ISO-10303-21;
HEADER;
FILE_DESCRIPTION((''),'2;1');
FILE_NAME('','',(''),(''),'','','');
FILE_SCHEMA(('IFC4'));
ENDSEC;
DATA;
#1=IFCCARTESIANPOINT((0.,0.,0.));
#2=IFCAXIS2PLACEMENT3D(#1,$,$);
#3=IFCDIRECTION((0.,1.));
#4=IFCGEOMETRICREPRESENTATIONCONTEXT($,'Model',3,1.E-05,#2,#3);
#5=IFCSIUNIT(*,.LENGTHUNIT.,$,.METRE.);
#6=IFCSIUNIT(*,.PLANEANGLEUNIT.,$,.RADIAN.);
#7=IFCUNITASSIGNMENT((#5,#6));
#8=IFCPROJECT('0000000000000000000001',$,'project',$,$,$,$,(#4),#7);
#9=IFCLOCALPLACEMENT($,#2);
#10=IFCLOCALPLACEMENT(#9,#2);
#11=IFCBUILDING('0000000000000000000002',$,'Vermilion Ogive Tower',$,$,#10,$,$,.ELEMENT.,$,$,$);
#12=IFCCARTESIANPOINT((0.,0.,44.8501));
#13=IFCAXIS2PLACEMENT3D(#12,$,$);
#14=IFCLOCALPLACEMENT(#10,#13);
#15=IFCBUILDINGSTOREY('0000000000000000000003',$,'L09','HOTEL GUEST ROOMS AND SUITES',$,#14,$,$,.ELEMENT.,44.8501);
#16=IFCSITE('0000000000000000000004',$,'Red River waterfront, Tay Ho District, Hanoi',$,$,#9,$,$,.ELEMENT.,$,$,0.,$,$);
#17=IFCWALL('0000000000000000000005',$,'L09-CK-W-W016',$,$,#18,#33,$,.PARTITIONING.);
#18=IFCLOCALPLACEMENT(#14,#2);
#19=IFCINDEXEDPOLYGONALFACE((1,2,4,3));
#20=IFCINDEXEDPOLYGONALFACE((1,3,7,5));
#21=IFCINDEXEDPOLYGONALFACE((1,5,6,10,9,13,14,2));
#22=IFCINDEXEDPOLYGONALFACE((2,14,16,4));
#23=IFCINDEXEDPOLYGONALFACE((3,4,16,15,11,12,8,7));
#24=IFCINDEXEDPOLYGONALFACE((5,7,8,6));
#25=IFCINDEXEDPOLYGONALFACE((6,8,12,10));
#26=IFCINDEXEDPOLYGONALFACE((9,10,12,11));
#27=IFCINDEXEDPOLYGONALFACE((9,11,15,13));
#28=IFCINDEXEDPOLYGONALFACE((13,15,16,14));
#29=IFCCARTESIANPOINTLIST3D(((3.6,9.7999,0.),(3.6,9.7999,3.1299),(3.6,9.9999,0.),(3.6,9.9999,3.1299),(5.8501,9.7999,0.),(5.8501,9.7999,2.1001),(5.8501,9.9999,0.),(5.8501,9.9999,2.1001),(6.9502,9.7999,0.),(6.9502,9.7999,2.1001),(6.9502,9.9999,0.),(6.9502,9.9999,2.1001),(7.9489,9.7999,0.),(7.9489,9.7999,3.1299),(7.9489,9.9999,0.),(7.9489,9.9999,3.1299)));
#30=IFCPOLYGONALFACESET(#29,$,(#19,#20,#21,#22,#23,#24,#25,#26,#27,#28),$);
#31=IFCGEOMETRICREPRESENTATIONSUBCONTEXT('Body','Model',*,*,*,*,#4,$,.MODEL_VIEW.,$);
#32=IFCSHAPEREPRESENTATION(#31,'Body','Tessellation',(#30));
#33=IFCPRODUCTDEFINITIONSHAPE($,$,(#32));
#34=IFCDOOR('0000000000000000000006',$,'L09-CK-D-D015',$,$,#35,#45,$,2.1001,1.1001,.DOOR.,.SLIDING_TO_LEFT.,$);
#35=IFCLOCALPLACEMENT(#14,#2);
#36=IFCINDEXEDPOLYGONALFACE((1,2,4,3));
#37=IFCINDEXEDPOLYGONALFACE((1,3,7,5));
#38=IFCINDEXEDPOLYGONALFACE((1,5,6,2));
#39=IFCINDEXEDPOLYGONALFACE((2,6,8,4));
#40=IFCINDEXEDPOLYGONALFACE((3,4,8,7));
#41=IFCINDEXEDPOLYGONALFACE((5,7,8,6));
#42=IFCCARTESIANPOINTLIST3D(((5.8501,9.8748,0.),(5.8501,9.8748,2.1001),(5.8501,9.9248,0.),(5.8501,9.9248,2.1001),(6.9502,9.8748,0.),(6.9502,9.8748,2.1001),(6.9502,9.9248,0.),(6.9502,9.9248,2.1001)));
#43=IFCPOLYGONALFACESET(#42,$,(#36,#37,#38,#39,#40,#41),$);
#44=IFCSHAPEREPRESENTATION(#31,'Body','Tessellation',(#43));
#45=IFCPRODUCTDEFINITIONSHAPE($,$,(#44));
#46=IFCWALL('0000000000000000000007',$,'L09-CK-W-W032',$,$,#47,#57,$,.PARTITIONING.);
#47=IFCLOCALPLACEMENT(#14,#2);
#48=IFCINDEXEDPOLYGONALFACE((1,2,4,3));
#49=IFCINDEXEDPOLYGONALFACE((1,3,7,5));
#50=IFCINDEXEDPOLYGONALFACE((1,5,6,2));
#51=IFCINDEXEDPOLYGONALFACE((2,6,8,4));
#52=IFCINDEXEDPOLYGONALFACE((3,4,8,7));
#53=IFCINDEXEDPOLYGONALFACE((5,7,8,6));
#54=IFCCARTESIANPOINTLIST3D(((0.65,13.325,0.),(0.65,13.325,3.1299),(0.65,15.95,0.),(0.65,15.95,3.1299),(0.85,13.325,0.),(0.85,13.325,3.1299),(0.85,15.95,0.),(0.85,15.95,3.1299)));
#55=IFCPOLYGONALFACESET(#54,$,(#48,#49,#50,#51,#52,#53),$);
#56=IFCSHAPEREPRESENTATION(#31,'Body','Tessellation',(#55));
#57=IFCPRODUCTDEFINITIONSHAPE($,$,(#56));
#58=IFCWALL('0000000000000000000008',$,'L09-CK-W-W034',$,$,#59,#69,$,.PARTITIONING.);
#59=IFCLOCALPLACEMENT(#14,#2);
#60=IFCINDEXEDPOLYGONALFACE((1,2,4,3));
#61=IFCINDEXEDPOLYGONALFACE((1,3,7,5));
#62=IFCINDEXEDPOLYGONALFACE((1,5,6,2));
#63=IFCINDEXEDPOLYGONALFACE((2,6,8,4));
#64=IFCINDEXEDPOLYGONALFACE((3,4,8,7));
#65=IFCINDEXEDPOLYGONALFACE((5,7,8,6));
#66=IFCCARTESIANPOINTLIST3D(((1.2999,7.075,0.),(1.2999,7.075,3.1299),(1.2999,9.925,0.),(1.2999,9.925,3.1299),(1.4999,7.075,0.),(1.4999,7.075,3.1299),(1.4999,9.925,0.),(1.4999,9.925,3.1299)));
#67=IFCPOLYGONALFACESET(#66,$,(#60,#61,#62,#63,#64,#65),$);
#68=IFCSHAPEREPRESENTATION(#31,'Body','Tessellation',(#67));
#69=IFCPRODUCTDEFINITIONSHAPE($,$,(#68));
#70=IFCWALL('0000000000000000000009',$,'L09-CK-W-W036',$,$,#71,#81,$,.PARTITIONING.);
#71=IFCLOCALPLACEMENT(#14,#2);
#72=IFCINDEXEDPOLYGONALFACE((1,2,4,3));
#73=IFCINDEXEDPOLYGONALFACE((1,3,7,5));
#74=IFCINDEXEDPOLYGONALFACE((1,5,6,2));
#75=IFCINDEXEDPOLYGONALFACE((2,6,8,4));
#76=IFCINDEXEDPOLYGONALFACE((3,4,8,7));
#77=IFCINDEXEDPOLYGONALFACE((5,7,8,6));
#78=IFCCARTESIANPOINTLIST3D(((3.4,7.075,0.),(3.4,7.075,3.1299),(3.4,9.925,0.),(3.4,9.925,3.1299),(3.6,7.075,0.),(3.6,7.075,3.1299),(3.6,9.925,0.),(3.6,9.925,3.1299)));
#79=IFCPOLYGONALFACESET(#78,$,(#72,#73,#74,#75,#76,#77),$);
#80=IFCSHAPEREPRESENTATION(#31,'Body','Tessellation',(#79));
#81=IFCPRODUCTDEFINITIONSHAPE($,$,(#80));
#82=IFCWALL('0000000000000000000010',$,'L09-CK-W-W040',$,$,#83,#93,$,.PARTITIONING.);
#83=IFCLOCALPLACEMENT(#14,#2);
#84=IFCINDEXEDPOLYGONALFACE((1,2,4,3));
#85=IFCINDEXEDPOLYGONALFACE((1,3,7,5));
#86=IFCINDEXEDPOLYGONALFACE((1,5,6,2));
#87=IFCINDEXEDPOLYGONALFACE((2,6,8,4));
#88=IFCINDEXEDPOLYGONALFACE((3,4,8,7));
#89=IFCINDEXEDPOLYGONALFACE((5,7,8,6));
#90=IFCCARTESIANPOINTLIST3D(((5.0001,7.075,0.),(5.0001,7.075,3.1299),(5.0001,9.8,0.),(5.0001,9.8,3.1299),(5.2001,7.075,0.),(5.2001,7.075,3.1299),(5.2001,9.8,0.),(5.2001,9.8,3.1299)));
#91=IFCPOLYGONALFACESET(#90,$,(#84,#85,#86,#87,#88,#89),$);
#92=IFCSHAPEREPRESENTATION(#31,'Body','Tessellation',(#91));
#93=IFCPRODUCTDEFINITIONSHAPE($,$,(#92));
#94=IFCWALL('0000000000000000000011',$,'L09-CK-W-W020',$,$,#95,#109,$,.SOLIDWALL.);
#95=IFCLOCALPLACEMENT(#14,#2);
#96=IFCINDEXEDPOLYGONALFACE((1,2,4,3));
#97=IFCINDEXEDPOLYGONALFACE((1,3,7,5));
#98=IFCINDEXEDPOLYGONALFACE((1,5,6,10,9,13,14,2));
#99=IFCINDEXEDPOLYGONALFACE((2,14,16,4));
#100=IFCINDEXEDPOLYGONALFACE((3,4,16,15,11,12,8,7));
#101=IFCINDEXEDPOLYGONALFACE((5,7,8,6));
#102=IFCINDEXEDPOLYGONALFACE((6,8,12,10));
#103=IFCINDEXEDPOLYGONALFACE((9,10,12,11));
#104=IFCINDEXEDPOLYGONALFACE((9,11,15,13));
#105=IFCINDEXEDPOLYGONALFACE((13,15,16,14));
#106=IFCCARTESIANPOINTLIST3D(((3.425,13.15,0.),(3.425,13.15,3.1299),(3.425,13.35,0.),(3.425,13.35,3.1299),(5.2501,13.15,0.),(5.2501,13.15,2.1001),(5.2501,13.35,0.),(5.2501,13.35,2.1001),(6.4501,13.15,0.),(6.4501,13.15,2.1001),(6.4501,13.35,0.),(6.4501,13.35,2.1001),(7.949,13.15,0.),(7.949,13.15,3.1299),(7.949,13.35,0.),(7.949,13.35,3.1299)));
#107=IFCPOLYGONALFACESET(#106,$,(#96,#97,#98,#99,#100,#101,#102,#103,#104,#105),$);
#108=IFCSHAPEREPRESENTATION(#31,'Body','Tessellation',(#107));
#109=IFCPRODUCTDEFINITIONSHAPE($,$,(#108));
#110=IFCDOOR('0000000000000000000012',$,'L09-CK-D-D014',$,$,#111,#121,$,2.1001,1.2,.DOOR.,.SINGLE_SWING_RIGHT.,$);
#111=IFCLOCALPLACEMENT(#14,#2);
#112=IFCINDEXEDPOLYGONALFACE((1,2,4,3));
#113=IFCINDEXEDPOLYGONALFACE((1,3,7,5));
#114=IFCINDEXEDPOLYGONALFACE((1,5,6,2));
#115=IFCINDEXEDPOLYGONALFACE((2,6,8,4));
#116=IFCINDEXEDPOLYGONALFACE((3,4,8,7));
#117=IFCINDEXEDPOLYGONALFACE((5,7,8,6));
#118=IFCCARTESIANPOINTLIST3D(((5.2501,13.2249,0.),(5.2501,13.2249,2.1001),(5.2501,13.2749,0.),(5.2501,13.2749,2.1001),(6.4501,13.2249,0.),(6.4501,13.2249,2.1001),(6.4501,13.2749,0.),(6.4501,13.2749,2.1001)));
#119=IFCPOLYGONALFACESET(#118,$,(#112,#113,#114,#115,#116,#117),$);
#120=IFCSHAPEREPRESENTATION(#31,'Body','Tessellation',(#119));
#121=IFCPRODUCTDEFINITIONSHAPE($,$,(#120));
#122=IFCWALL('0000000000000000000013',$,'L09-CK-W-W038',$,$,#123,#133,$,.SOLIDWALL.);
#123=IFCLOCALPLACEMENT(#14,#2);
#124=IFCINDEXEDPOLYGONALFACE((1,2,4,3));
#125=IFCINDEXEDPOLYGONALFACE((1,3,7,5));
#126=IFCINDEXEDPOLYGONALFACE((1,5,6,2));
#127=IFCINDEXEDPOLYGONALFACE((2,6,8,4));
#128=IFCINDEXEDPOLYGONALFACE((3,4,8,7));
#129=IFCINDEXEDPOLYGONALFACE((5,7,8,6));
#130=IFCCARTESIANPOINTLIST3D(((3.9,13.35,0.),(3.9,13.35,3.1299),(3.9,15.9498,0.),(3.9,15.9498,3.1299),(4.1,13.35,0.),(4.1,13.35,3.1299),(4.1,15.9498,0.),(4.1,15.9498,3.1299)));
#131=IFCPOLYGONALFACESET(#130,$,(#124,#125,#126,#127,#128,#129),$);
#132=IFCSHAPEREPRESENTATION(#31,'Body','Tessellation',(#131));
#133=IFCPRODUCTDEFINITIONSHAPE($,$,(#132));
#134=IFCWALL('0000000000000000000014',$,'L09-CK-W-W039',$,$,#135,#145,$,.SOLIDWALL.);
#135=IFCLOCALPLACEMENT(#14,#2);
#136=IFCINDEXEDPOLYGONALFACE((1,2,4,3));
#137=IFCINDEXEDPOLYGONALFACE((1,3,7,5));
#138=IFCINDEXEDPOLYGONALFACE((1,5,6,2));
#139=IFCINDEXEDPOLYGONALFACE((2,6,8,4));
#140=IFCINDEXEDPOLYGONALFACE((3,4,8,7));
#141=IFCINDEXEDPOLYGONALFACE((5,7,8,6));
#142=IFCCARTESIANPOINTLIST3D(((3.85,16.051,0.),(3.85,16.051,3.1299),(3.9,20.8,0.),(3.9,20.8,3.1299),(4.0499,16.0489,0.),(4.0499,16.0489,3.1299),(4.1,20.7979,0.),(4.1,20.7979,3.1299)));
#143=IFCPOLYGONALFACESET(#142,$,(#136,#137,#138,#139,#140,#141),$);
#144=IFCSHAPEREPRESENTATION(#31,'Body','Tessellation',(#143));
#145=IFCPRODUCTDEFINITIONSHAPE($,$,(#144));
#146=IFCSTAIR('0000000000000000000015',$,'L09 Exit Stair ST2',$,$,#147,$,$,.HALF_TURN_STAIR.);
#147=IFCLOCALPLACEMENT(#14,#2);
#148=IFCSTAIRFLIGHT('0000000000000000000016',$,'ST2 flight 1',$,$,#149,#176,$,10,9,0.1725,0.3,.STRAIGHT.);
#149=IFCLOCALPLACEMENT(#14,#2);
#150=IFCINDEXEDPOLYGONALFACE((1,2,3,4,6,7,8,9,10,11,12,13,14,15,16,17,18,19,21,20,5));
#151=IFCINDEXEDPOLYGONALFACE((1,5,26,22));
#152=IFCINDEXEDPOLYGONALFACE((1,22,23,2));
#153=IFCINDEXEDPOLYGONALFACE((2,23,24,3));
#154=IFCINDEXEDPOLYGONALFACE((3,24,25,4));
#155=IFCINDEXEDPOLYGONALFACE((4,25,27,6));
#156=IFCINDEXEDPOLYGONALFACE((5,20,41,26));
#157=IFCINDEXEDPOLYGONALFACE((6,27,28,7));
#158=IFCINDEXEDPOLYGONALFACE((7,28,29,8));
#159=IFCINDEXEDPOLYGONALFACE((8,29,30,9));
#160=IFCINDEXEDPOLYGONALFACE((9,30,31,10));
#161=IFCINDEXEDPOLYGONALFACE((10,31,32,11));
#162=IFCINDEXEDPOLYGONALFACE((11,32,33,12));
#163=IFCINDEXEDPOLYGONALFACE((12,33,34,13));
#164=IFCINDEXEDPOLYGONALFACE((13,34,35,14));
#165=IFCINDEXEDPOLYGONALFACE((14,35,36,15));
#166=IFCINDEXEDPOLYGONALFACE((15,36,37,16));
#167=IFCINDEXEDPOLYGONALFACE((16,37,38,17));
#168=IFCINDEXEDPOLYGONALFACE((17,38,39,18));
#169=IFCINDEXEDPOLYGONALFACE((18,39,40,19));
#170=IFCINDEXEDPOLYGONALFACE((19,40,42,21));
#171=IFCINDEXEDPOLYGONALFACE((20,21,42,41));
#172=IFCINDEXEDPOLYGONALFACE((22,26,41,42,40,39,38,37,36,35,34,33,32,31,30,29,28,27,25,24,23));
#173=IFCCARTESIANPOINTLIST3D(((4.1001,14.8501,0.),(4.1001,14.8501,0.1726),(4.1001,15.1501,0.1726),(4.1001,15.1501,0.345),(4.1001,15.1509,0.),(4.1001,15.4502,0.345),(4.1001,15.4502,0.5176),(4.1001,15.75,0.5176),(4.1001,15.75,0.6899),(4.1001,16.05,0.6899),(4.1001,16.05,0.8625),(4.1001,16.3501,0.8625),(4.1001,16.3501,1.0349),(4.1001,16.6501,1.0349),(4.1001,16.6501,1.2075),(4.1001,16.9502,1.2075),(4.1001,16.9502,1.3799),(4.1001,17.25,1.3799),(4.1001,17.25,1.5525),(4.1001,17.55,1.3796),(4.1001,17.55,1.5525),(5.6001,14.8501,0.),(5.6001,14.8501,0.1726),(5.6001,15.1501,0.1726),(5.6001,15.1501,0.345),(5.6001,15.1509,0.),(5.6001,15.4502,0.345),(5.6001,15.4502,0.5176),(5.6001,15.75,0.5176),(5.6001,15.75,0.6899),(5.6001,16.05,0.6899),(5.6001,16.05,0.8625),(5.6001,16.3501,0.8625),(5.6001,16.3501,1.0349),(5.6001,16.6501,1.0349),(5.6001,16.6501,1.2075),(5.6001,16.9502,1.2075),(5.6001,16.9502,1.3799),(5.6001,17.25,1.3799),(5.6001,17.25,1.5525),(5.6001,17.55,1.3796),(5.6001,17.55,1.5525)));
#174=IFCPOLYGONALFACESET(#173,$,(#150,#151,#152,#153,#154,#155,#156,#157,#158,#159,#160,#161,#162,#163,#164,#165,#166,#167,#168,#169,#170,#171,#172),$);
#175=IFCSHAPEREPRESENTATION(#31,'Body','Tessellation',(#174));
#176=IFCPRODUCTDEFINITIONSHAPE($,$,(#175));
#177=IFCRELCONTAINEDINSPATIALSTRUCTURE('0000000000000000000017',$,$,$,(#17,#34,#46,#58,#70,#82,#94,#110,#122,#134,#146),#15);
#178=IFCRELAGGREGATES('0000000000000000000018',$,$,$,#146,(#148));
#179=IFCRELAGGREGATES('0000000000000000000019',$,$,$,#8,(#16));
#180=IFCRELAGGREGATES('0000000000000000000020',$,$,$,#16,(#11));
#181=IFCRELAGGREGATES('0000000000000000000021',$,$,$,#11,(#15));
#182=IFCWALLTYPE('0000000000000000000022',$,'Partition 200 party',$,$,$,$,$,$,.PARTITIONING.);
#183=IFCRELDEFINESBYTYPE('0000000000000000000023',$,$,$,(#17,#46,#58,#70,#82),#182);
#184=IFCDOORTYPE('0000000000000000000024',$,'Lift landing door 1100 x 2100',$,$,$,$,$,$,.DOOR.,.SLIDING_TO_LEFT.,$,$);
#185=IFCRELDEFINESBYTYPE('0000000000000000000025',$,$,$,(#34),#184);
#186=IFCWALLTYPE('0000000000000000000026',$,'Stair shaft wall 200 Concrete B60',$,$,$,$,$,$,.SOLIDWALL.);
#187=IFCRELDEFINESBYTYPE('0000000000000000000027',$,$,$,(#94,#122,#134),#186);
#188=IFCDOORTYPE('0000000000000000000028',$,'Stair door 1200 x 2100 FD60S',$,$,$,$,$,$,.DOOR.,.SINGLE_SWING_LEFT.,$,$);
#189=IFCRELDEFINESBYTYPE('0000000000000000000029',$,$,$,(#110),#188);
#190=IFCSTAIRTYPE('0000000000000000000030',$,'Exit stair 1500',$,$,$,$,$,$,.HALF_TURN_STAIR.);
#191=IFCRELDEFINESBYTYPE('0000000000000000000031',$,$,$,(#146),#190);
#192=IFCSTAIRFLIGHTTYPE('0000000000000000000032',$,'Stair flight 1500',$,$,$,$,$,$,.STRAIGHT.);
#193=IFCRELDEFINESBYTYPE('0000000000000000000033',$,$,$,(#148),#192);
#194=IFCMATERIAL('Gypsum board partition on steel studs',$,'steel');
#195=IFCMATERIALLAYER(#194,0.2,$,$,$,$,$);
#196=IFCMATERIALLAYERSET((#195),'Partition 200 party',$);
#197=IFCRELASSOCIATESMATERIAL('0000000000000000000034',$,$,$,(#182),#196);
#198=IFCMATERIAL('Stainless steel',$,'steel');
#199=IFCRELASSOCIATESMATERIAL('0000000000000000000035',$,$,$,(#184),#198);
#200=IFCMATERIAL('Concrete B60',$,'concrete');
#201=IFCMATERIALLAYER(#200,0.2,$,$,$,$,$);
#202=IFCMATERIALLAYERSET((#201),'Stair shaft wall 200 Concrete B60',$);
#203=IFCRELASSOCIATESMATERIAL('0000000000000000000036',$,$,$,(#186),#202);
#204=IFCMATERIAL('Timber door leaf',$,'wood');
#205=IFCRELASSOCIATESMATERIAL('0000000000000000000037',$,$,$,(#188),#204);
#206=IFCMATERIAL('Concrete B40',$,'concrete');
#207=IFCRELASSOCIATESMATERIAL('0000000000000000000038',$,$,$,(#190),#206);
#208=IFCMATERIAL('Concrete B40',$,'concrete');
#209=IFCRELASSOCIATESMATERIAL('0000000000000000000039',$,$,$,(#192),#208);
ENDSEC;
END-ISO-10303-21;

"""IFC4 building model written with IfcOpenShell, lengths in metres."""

from ifc_helpers import new_model, si_unit, direction, frame, frame_2d, origin, place, context, subcontext, project, spatial, polyline, rectangle, outline, extrude, material, layer, layer_set, type_object, element, fill, aggregate, save


model = new_model("IFC4")

# Units and contexts
model_context = context("Model", 3, precision=1e-05, world=origin(), true_north=direction((0.0, 1.0)))
body_context = subcontext(model_context, "Body", "Model", "MODEL_VIEW")
ifc_project = project(units=[si_unit("LENGTHUNIT", "METRE"), si_unit("PLANEANGLEUNIT", "RADIAN")], contexts=[model_context])

# Site, building, storey
site_placement = place(None, origin())
site = spatial("IfcSite", under=ifc_project, at=site_placement, Name="Red River waterfront, Tay Ho District, Hanoi", CompositionType="ELEMENT", RefElevation=0.0)
building_placement = place(site_placement, origin())
building = spatial("IfcBuilding", under=site, at=building_placement, Name="Vermilion Ogive Tower", CompositionType="ELEMENT")
storey_placement = place(building_placement, frame((0.0, 0.0, 44.8501)))
storey = spatial("IfcBuildingStorey", under=building, at=storey_placement, Name="L09", Description="HOTEL GUEST ROOMS AND SUITES", CompositionType="ELEMENT", Elevation=44.8501)

# Shared definitions
ifc_material_1 = material(Name="Gypsum board partition on steel studs", Category="steel")
ifc_layer_1 = layer(ifc_material_1, 0.2)
ifc_layer_set_1 = layer_set([ifc_layer_1], Name="Partition 200 party")
wall_type_1 = type_object("IfcWallType", Name="Partition 200 party", PredefinedType="PARTITIONING", material=ifc_layer_set_1)

# Wall, opening, door
wall_1_placement = place(storey_placement, frame((3.6001, 9.8999, 0.0), z_axis=(0.0, 0.0, 1.0), x_axis=(1.0, 0.0, 0.0)))
wall_1 = element("IfcWall", 1, at=wall_1_placement, inside=storey, type_object=wall_type_1, Name="L09-CK-W-W016", PredefinedType="PARTITIONING", context=body_context, shape_type="SweptSolid", body=[
    extrude(rectangle(XDim=4.3489, YDim=0.2, at=frame_2d((2.1743, 0.0))), origin(), (0.0, 0.0, 1.0), 3.1299),
])
opening_1_placement = place(wall_1_placement, frame((2.25, 0.0, 0.0)))
opening_1 = element("IfcOpeningElement", 2, at=opening_1_placement, cuts=wall_1, PredefinedType="OPENING", context=body_context, shape_type="SweptSolid", body=[
    extrude(rectangle(XDim=1.1001, YDim=2.1001, at=frame_2d((0.55, 1.05))), frame((0.0, 0.1099, 0.0), z_axis=(0.0, -1.0, 0.0), x_axis=(1.0, 0.0, 0.0)), (0.0, 0.0, 1.0), 0.22),
])
ifc_material_2 = material(Name="Stainless steel", Category="steel")
door_type_1 = type_object("IfcDoorType", Name="Lift landing door 1100 x 2100", OperationType="SLIDING_TO_LEFT", PredefinedType="DOOR", material=ifc_material_2)
door_1_placement = place(opening_1_placement, origin())
door_1 = element("IfcDoor", 3, at=door_1_placement, inside=storey, type_object=door_type_1, Name="L09-CK-D-D015", OperationType="SLIDING_TO_LEFT", OverallHeight=2.1001, OverallWidth=1.1001, PredefinedType="DOOR", context=body_context, shape_type="SweptSolid", body=[
    extrude(rectangle(XDim=1.1001, YDim=2.1001, at=frame_2d((0.55, 1.05))), frame((0.0, 0.0249, 0.0), z_axis=(0.0, -1.0, 0.0), x_axis=(1.0, 0.0, 0.0)), (0.0, 0.0, 1.0), 0.05),
])
fill(opening_1, door_1)

# Walls
wall_2_placement = place(storey_placement, frame((0.75, 13.325, 0.0), z_axis=(0.0, 0.0, 1.0), x_axis=(0.0, 1.0, 0.0)))
element("IfcWall", 4, at=wall_2_placement, inside=storey, type_object=wall_type_1, Name="L09-CK-W-W032", PredefinedType="PARTITIONING", context=body_context, shape_type="SweptSolid", body=[
    extrude(rectangle(XDim=2.625, YDim=0.2, at=frame_2d((1.3125, 0.0))), origin(), (0.0, 0.0, 1.0), 3.1299),
])
for number, where, z_axis, x_axis, name in (
    (5, (1.3999, 7.075, 0.0), (0.0, 0.0, 1.0), (0.0, 1.0, 0.0), "L09-CK-W-W034"),
    (6, (3.5, 7.075, 0.0), (0.0, 0.0, 1.0), (0.0, 1.0, 0.0), "L09-CK-W-W036"),
):
    element("IfcWall", number, at=place(storey_placement, frame(where, z_axis=z_axis, x_axis=x_axis)), inside=storey, type_object=wall_type_1, Name=name, PredefinedType="PARTITIONING", context=body_context, shape_type="SweptSolid", body=[
        extrude(rectangle(XDim=2.8501, YDim=0.2, at=frame_2d((1.425, 0.0))), origin(), (0.0, 0.0, 1.0), 3.1299),
    ])
wall_3_placement = place(storey_placement, frame((5.1001, 7.075, 0.0), z_axis=(0.0, 0.0, 1.0), x_axis=(0.0, 1.0, 0.0)))
element("IfcWall", 7, at=wall_3_placement, inside=storey, type_object=wall_type_1, Name="L09-CK-W-W040", PredefinedType="PARTITIONING", context=body_context, shape_type="SweptSolid", body=[
    extrude(rectangle(XDim=2.7251, YDim=0.2, at=frame_2d((1.3625, 0.0))), origin(), (0.0, 0.0, 1.0), 3.1299),
])

# Wall, opening, door
ifc_material_3 = material(Name="Concrete B60", Category="concrete")
ifc_layer_2 = layer(ifc_material_3, 0.2)
ifc_layer_set_2 = layer_set([ifc_layer_2], Name="Stair shaft wall 200 Concrete B60")
wall_type_2 = type_object("IfcWallType", Name="Stair shaft wall 200 Concrete B60", PredefinedType="SOLIDWALL", material=ifc_layer_set_2)
wall_4_placement = place(storey_placement, frame((3.425, 13.25, 0.0), z_axis=(0.0, 0.0, 1.0), x_axis=(1.0, 0.0, 0.0)))
wall_4 = element("IfcWall", 8, at=wall_4_placement, inside=storey, type_object=wall_type_2, Name="L09-CK-W-W020", PredefinedType="SOLIDWALL", context=body_context, shape_type="SweptSolid", body=[
    extrude(rectangle(XDim=4.5239, YDim=0.2, at=frame_2d((2.262, 0.0))), origin(), (0.0, 0.0, 1.0), 3.1299),
])
opening_2_placement = place(wall_4_placement, frame((1.825, 0.0, 0.0)))
opening_2 = element("IfcOpeningElement", 9, at=opening_2_placement, cuts=wall_4, PredefinedType="OPENING", context=body_context, shape_type="SweptSolid", body=[
    extrude(rectangle(XDim=1.2, YDim=2.1001, at=frame_2d((0.6001, 1.05))), frame((0.0, 0.1099, 0.0), z_axis=(0.0, -1.0, 0.0), x_axis=(1.0, 0.0, 0.0)), (0.0, 0.0, 1.0), 0.22),
])
ifc_material_4 = material(Name="Timber door leaf", Category="wood")
door_type_2 = type_object("IfcDoorType", Name="Stair door 1200 x 2100 FD60S", OperationType="SINGLE_SWING_LEFT", PredefinedType="DOOR", material=ifc_material_4)
door_2_placement = place(opening_2_placement, origin())
door_2 = element("IfcDoor", 10, at=door_2_placement, inside=storey, type_object=door_type_2, Name="L09-CK-D-D014", OperationType="SINGLE_SWING_RIGHT", OverallHeight=2.1001, OverallWidth=1.2, PredefinedType="DOOR", context=body_context, shape_type="SweptSolid", body=[
    extrude(rectangle(XDim=1.2, YDim=2.1001, at=frame_2d((0.6001, 1.05))), frame((0.0, 0.0249, 0.0), z_axis=(0.0, -1.0, 0.0), x_axis=(1.0, 0.0, 0.0)), (0.0, 0.0, 1.0), 0.05),
])
fill(opening_2, door_2)

# Walls
wall_5_placement = place(storey_placement, frame((4.0, 13.3501, 0.0), z_axis=(0.0, 0.0, 1.0), x_axis=(0.0, 1.0, 0.0)))
element("IfcWall", 11, at=wall_5_placement, inside=storey, type_object=wall_type_2, Name="L09-CK-W-W038", PredefinedType="SOLIDWALL", context=body_context, shape_type="SweptSolid", body=[
    extrude(rectangle(XDim=2.5999, YDim=0.2, at=frame_2d((1.2998, 0.0))), origin(), (0.0, 0.0, 1.0), 3.1299),
])
wall_6_placement = place(storey_placement, frame((3.95, 16.05, 0.0), z_axis=(0.0, 0.0, 1.0), x_axis=(0.010538, 0.999944, 0.0)))
element("IfcWall", 12, at=wall_6_placement, inside=storey, type_object=wall_type_2, Name="L09-CK-W-W039", PredefinedType="SOLIDWALL", context=body_context, shape_type="SweptSolid", body=[
    extrude(rectangle(XDim=4.7493, YDim=0.2, at=frame_2d((2.3745, 0.0))), origin(), (0.0, 0.0, 1.0), 3.1299),
])

# Stair, stair flight
ifc_material_5 = material(Name="Concrete B40", Category="concrete")
stair_type = type_object("IfcStairType", Name="Exit stair 1500", PredefinedType="HALF_TURN_STAIR", material=ifc_material_5)
stair_placement = place(storey_placement, origin())
stair = element("IfcStair", 13, at=stair_placement, inside=storey, type_object=stair_type, Name="L09 Exit Stair ST2", PredefinedType="HALF_TURN_STAIR")
ifc_material_6 = material(Name="Concrete B40", Category="concrete")
stair_flight_type = type_object("IfcStairFlightType", Name="Stair flight 1500", PredefinedType="STRAIGHT", material=ifc_material_6)
stair_flight_1_placement = place(storey_placement, frame((4.8501, 14.8501, 0.0), z_axis=(0.0, 0.0, 1.0), x_axis=(0.0, 1.0, 0.0)))
stair_flight_1 = element("IfcStairFlight", 14, at=stair_flight_1_placement, type_object=stair_flight_type, Name="ST2 flight 1", NumberOfRisers=10, NumberOfTreads=9, PredefinedType="STRAIGHT", RiserHeight=0.1725, TreadLength=0.3, context=body_context, shape_type="SweptSolid", body=[
    extrude(outline(polyline([(0.0, 0.0), (0.0, 0.1726), (0.3, 0.1726), (0.3, 0.345), (0.6001, 0.345), (0.6001, 0.5176), (0.8999, 0.5176), (0.8999, 0.6899), (1.2, 0.6899), (1.2, 0.8625), (1.5, 0.8625), (1.5, 1.0349), (1.8, 1.0349), (1.8, 1.2075), (2.1001, 1.2075), (2.1001, 1.3799), (2.3999, 1.3799), (2.3999, 1.5525), (2.7, 1.5525), (2.7, 1.7251), (2.7, 1.3796), (0.3008, 0.0), (0.0, 0.0)])), frame((0.0, 0.75, 0.0), z_axis=(0.0, -1.0, 0.0), x_axis=(1.0, 0.0, 0.0)), (0.0, 0.0, 1.0), 1.5),
])
aggregate(stair, [stair_flight_1])

save(model, "model.ifc")
